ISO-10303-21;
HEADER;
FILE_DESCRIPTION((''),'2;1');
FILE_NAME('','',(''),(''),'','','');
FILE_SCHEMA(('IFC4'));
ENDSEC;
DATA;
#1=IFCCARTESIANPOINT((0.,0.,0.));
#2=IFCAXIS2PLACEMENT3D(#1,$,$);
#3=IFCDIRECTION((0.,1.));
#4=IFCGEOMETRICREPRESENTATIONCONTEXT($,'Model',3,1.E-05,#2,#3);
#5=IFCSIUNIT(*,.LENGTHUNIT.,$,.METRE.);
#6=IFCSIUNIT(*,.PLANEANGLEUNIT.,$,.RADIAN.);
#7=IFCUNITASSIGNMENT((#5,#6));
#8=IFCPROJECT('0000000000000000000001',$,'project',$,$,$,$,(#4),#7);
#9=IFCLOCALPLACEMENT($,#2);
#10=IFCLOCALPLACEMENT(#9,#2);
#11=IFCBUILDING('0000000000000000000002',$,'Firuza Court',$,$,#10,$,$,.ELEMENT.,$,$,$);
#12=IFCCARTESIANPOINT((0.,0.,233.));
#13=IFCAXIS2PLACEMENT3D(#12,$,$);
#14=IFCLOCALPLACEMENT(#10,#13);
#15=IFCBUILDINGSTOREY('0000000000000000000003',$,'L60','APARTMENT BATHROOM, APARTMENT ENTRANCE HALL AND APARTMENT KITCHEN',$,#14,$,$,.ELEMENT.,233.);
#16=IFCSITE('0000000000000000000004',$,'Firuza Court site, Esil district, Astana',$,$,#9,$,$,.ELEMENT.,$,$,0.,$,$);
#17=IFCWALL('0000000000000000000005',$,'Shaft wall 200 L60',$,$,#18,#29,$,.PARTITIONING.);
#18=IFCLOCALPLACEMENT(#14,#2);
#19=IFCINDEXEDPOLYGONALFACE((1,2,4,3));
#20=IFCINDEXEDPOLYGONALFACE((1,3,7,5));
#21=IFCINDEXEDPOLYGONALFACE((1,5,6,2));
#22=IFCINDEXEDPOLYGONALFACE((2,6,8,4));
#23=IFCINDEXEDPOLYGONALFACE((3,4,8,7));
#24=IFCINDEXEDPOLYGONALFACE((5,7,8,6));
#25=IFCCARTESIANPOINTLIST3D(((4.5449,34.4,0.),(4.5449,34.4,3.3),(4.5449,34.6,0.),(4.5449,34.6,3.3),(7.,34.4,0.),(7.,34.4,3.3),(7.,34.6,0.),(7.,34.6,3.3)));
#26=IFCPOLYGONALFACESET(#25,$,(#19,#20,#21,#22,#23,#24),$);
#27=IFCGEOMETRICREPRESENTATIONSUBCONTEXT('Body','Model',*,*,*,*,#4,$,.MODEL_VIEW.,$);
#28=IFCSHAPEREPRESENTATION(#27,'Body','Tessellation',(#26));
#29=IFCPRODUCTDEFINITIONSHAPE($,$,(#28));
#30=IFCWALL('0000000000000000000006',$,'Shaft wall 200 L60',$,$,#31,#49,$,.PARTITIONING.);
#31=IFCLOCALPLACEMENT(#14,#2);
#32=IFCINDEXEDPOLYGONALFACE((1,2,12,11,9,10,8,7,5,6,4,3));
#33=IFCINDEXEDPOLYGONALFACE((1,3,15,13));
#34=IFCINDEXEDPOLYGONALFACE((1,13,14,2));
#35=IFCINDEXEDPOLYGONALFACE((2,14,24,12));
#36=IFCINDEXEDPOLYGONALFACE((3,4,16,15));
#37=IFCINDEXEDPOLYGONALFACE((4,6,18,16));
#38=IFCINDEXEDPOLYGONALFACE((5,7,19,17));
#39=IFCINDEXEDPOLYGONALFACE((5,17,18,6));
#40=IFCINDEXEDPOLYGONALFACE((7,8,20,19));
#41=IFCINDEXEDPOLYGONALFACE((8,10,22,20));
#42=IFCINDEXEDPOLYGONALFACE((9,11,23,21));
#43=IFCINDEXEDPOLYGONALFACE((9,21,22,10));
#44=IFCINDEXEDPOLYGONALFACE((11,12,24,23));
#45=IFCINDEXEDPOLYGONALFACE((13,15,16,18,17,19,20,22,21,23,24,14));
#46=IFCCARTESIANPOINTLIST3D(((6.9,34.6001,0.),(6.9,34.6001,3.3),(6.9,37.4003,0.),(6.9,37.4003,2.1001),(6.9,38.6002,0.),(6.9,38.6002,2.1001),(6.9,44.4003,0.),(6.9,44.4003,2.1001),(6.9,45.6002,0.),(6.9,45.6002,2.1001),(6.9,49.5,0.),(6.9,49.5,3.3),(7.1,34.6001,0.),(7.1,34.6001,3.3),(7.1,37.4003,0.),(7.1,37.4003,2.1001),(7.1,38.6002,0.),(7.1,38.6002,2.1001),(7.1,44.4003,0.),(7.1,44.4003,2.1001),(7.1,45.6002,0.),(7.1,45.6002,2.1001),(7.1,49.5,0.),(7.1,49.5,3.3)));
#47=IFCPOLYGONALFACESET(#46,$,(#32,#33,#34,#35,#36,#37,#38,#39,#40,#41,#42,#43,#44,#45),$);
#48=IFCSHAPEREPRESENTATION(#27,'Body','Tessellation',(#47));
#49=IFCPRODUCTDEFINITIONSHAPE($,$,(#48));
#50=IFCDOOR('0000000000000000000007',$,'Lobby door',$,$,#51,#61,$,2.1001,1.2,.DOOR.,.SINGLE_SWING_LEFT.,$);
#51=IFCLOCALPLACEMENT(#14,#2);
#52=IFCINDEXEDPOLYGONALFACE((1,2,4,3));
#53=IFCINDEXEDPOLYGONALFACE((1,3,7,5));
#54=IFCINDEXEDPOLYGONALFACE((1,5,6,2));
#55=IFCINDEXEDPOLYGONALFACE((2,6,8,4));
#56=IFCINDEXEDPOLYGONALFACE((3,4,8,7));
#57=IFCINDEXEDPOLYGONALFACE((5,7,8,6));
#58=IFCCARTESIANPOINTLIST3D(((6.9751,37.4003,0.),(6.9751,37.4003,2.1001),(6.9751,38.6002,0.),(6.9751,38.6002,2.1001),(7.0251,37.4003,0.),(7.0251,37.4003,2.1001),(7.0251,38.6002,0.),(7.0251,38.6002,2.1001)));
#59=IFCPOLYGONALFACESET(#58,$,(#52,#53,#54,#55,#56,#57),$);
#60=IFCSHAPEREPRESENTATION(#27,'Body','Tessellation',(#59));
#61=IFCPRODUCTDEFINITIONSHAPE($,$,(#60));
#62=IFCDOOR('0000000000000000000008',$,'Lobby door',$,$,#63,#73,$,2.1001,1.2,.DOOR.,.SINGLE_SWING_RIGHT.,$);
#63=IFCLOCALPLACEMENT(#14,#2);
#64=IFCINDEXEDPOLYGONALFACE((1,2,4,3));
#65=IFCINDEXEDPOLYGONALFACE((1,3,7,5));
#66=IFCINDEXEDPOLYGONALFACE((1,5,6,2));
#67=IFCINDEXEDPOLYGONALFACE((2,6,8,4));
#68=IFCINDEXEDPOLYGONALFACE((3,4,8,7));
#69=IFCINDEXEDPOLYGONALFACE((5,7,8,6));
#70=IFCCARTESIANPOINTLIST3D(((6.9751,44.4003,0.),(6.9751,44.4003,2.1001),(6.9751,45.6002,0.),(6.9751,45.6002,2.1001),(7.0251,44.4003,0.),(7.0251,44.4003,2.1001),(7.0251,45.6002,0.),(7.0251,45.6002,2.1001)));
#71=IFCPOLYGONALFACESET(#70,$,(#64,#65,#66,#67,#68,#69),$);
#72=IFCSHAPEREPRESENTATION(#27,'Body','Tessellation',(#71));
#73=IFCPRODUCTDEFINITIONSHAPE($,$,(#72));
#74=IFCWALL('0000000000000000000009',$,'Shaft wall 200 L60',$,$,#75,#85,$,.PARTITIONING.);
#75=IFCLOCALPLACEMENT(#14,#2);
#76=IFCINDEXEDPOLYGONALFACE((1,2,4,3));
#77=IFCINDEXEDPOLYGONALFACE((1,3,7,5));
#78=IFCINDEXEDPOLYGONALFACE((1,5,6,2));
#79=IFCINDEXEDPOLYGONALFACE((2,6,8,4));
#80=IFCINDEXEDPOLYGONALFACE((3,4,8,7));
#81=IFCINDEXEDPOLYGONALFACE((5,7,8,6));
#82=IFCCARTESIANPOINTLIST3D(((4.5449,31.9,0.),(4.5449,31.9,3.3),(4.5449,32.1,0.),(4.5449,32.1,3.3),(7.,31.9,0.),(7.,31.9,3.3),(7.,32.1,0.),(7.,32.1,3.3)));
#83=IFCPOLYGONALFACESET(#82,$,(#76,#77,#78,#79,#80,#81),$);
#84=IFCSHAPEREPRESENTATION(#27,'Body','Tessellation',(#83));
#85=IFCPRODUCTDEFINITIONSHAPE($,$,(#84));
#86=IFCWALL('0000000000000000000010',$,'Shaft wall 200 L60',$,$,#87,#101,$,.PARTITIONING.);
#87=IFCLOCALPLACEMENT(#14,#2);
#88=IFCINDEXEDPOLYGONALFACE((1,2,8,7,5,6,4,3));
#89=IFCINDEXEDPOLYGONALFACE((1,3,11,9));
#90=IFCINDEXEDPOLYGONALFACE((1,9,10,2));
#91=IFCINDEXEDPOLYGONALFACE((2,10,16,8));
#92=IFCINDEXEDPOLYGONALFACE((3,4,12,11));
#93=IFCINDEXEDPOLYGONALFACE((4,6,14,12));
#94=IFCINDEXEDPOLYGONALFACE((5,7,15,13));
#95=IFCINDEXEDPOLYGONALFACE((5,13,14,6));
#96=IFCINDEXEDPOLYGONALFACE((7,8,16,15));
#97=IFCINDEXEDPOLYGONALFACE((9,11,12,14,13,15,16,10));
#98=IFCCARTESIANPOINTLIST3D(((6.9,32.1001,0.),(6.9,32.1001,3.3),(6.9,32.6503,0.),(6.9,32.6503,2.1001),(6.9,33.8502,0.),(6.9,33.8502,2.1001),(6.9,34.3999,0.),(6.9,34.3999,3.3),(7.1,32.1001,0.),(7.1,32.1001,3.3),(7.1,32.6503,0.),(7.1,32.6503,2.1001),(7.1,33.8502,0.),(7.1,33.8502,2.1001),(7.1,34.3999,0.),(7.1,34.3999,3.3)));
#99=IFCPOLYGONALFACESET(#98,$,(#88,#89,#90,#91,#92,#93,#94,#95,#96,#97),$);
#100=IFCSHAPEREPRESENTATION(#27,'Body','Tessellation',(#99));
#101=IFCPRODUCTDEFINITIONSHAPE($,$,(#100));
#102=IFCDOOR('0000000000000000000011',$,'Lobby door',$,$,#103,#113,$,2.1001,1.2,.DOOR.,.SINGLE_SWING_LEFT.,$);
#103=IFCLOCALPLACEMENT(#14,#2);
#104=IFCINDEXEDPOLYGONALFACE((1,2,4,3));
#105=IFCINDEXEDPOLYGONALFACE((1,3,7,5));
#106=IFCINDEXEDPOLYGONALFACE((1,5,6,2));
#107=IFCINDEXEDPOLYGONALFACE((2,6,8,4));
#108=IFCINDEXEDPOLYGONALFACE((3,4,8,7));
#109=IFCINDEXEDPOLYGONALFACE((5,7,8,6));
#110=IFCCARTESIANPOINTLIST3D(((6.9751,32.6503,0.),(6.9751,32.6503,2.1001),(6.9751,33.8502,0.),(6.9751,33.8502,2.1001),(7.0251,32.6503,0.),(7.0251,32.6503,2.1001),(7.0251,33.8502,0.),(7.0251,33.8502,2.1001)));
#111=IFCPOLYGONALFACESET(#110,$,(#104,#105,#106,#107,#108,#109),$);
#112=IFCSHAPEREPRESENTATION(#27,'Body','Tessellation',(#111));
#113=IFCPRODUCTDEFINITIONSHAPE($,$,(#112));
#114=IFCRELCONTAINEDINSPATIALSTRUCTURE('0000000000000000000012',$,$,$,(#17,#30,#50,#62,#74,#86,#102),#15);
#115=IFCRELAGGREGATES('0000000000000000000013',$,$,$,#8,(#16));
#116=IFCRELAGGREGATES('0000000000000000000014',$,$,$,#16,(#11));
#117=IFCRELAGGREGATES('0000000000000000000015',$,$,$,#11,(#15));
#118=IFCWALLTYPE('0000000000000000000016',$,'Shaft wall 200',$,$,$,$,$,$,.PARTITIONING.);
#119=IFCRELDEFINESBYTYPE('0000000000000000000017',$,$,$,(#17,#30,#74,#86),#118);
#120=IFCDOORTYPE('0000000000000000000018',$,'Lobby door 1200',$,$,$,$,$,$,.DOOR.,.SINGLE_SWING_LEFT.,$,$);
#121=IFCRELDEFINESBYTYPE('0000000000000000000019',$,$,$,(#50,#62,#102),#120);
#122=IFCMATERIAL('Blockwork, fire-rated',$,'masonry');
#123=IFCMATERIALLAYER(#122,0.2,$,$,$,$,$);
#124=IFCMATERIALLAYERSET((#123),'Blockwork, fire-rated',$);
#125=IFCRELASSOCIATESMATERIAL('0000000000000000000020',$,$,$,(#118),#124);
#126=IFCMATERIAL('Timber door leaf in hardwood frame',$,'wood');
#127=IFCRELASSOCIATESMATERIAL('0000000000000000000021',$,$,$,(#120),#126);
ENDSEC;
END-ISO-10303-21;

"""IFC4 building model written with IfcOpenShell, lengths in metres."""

from ifc_helpers import new_model, si_unit, direction, frame, frame_2d, origin, place, context, subcontext, project, spatial, rectangle, extrude, material, layer, layer_set, type_object, element, fill, save


model = new_model("IFC4")

# Units and contexts
model_context = context("Model", 3, precision=1e-05, world=origin(), true_north=direction((0.0, 1.0)))
body_context = subcontext(model_context, "Body", "Model", "MODEL_VIEW")
ifc_project = project(units=[si_unit("LENGTHUNIT", "METRE"), si_unit("PLANEANGLEUNIT", "RADIAN")], contexts=[model_context])

# Site, building, storey
site_placement = place(None, origin())
site = spatial("IfcSite", under=ifc_project, at=site_placement, Name="Firuza Court site, Esil district, Astana", CompositionType="ELEMENT", RefElevation=0.0)
building_placement = place(site_placement, origin())
building = spatial("IfcBuilding", under=site, at=building_placement, Name="Firuza Court", CompositionType="ELEMENT")
storey_placement = place(building_placement, frame((0.0, 0.0, 233.0)))
storey = spatial("IfcBuildingStorey", under=building, at=storey_placement, Name="L60", Description="APARTMENT BATHROOM, APARTMENT ENTRANCE HALL AND APARTMENT KITCHEN", CompositionType="ELEMENT", Elevation=233.0)

# Wall
ifc_material_1 = material(Name="Blockwork, fire-rated", Category="masonry")
ifc_layer_1 = layer(ifc_material_1, 0.2)
ifc_layer_set_1 = layer_set([ifc_layer_1], Name="Blockwork, fire-rated")
wall_type_1 = type_object("IfcWallType", Name="Shaft wall 200", PredefinedType="PARTITIONING", material=ifc_layer_set_1)
wall_1_placement = place(storey_placement, frame((4.5449, 34.5, 0.0), z_axis=(0.0, 0.0, 1.0), x_axis=(1.0, 0.0, 0.0)))
element("IfcWall", 1, at=wall_1_placement, inside=storey, type_object=wall_type_1, Name="Shaft wall 200 L60", PredefinedType="PARTITIONING", context=body_context, shape_type="SweptSolid", body=[
    extrude(rectangle(XDim=2.4551, YDim=0.2, at=frame_2d((1.2275, 0.0))), origin(), (0.0, 0.0, 1.0), 3.3),
])

# Wall, openings, doors
wall_2_placement = place(storey_placement, frame((7.0, 34.6001, 0.0), z_axis=(0.0, 0.0, 1.0), x_axis=(0.0, 1.0, 0.0)))
wall_2 = element("IfcWall", 2, at=wall_2_placement, inside=storey, type_object=wall_type_1, Name="Shaft wall 200 L60", PredefinedType="PARTITIONING", context=body_context, shape_type="SweptSolid", body=[
    extrude(rectangle(XDim=14.8999, YDim=0.2, at=frame_2d((7.45, 0.0))), origin(), (0.0, 0.0, 1.0), 3.3),
])
opening_1_placement = place(wall_2_placement, frame((2.8, 0.0, 0.0)))
opening_1 = element("IfcOpeningElement", 3, at=opening_1_placement, cuts=wall_2, PredefinedType="OPENING", context=body_context, shape_type="SweptSolid", body=[
    extrude(rectangle(XDim=1.2, YDim=2.1001, at=frame_2d((0.6001, 1.05))), frame((0.0, 0.1118, 0.0), z_axis=(0.0, -1.0, 0.0), x_axis=(1.0, 0.0, 0.0)), (0.0, 0.0, 1.0), 0.2239),
])
opening_2_placement = place(wall_2_placement, frame((9.8, 0.0, 0.0)))
opening_2 = element("IfcOpeningElement", 4, at=opening_2_placement, cuts=wall_2, PredefinedType="OPENING", context=body_context, shape_type="SweptSolid", body=[
    extrude(rectangle(XDim=1.2, YDim=2.1001, at=frame_2d((0.6001, 1.05))), frame((0.0, 0.1118, 0.0), z_axis=(0.0, -1.0, 0.0), x_axis=(1.0, 0.0, 0.0)), (0.0, 0.0, 1.0), 0.2239),
])
ifc_material_2 = material(Name="Timber door leaf in hardwood frame", Category="wood")
door_type_1 = type_object("IfcDoorType", Name="Lobby door 1200", OperationType="SINGLE_SWING_LEFT", PredefinedType="DOOR", material=ifc_material_2)
door_1_placement = place(opening_1_placement, origin())
door_1 = element("IfcDoor", 5, at=door_1_placement, inside=storey, type_object=door_type_1, Name="Lobby door", OperationType="SINGLE_SWING_LEFT", OverallHeight=2.1001, OverallWidth=1.2, PredefinedType="DOOR", context=body_context, shape_type="SweptSolid", body=[
    extrude(rectangle(XDim=1.2, YDim=2.1001, at=frame_2d((0.6001, 1.05))), frame((0.0, 0.0249, 0.0), z_axis=(0.0, -1.0, 0.0), x_axis=(1.0, 0.0, 0.0)), (0.0, 0.0, 1.0), 0.05),
])
fill(opening_1, door_1)
door_2_placement = place(opening_2_placement, origin())
door_2 = element("IfcDoor", 6, at=door_2_placement, inside=storey, type_object=door_type_1, Name="Lobby door", OperationType="SINGLE_SWING_RIGHT", OverallHeight=2.1001, OverallWidth=1.2, PredefinedType="DOOR", context=body_context, shape_type="SweptSolid", body=[
    extrude(rectangle(XDim=1.2, YDim=2.1001, at=frame_2d((0.6001, 1.05))), frame((0.0, 0.0249, 0.0), z_axis=(0.0, -1.0, 0.0), x_axis=(1.0, 0.0, 0.0)), (0.0, 0.0, 1.0), 0.05),
])
fill(opening_2, door_2)

# Wall
wall_3_placement = place(storey_placement, frame((4.5449, 32.0, 0.0), z_axis=(0.0, 0.0, 1.0), x_axis=(1.0, 0.0, 0.0)))
element("IfcWall", 7, at=wall_3_placement, inside=storey, type_object=wall_type_1, Name="Shaft wall 200 L60", PredefinedType="PARTITIONING", context=body_context, shape_type="SweptSolid", body=[
    extrude(rectangle(XDim=2.4551, YDim=0.2, at=frame_2d((1.2275, 0.0))), origin(), (0.0, 0.0, 1.0), 3.3),
])

# Wall, opening, door
wall_4_placement = place(storey_placement, frame((7.0, 32.1001, 0.0), z_axis=(0.0, 0.0, 1.0), x_axis=(0.0, 1.0, 0.0)))
wall_4 = element("IfcWall", 8, at=wall_4_placement, inside=storey, type_object=wall_type_1, Name="Shaft wall 200 L60", PredefinedType="PARTITIONING", context=body_context, shape_type="SweptSolid", body=[
    extrude(rectangle(XDim=2.2998, YDim=0.2, at=frame_2d((1.1499, 0.0))), origin(), (0.0, 0.0, 1.0), 3.3),
])
opening_3_placement = place(wall_4_placement, frame((0.55, 0.0, 0.0)))
opening_3 = element("IfcOpeningElement", 9, at=opening_3_placement, cuts=wall_4, PredefinedType="OPENING", context=body_context, shape_type="SweptSolid", body=[
    extrude(rectangle(XDim=1.2, YDim=2.1001, at=frame_2d((0.6001, 1.05))), frame((0.0, 0.1118, 0.0), z_axis=(0.0, -1.0, 0.0), x_axis=(1.0, 0.0, 0.0)), (0.0, 0.0, 1.0), 0.2239),
])
door_3_placement = place(opening_3_placement, origin())
door_3 = element("IfcDoor", 10, at=door_3_placement, inside=storey, type_object=door_type_1, Name="Lobby door", OperationType="SINGLE_SWING_LEFT", OverallHeight=2.1001, OverallWidth=1.2, PredefinedType="DOOR", context=body_context, shape_type="SweptSolid", body=[
    extrude(rectangle(XDim=1.2, YDim=2.1001, at=frame_2d((0.6001, 1.05))), frame((0.0, 0.0249, 0.0), z_axis=(0.0, -1.0, 0.0), x_axis=(1.0, 0.0, 0.0)), (0.0, 0.0, 1.0), 0.05),
])
fill(opening_3, door_3)

save(model, "model.ifc")
